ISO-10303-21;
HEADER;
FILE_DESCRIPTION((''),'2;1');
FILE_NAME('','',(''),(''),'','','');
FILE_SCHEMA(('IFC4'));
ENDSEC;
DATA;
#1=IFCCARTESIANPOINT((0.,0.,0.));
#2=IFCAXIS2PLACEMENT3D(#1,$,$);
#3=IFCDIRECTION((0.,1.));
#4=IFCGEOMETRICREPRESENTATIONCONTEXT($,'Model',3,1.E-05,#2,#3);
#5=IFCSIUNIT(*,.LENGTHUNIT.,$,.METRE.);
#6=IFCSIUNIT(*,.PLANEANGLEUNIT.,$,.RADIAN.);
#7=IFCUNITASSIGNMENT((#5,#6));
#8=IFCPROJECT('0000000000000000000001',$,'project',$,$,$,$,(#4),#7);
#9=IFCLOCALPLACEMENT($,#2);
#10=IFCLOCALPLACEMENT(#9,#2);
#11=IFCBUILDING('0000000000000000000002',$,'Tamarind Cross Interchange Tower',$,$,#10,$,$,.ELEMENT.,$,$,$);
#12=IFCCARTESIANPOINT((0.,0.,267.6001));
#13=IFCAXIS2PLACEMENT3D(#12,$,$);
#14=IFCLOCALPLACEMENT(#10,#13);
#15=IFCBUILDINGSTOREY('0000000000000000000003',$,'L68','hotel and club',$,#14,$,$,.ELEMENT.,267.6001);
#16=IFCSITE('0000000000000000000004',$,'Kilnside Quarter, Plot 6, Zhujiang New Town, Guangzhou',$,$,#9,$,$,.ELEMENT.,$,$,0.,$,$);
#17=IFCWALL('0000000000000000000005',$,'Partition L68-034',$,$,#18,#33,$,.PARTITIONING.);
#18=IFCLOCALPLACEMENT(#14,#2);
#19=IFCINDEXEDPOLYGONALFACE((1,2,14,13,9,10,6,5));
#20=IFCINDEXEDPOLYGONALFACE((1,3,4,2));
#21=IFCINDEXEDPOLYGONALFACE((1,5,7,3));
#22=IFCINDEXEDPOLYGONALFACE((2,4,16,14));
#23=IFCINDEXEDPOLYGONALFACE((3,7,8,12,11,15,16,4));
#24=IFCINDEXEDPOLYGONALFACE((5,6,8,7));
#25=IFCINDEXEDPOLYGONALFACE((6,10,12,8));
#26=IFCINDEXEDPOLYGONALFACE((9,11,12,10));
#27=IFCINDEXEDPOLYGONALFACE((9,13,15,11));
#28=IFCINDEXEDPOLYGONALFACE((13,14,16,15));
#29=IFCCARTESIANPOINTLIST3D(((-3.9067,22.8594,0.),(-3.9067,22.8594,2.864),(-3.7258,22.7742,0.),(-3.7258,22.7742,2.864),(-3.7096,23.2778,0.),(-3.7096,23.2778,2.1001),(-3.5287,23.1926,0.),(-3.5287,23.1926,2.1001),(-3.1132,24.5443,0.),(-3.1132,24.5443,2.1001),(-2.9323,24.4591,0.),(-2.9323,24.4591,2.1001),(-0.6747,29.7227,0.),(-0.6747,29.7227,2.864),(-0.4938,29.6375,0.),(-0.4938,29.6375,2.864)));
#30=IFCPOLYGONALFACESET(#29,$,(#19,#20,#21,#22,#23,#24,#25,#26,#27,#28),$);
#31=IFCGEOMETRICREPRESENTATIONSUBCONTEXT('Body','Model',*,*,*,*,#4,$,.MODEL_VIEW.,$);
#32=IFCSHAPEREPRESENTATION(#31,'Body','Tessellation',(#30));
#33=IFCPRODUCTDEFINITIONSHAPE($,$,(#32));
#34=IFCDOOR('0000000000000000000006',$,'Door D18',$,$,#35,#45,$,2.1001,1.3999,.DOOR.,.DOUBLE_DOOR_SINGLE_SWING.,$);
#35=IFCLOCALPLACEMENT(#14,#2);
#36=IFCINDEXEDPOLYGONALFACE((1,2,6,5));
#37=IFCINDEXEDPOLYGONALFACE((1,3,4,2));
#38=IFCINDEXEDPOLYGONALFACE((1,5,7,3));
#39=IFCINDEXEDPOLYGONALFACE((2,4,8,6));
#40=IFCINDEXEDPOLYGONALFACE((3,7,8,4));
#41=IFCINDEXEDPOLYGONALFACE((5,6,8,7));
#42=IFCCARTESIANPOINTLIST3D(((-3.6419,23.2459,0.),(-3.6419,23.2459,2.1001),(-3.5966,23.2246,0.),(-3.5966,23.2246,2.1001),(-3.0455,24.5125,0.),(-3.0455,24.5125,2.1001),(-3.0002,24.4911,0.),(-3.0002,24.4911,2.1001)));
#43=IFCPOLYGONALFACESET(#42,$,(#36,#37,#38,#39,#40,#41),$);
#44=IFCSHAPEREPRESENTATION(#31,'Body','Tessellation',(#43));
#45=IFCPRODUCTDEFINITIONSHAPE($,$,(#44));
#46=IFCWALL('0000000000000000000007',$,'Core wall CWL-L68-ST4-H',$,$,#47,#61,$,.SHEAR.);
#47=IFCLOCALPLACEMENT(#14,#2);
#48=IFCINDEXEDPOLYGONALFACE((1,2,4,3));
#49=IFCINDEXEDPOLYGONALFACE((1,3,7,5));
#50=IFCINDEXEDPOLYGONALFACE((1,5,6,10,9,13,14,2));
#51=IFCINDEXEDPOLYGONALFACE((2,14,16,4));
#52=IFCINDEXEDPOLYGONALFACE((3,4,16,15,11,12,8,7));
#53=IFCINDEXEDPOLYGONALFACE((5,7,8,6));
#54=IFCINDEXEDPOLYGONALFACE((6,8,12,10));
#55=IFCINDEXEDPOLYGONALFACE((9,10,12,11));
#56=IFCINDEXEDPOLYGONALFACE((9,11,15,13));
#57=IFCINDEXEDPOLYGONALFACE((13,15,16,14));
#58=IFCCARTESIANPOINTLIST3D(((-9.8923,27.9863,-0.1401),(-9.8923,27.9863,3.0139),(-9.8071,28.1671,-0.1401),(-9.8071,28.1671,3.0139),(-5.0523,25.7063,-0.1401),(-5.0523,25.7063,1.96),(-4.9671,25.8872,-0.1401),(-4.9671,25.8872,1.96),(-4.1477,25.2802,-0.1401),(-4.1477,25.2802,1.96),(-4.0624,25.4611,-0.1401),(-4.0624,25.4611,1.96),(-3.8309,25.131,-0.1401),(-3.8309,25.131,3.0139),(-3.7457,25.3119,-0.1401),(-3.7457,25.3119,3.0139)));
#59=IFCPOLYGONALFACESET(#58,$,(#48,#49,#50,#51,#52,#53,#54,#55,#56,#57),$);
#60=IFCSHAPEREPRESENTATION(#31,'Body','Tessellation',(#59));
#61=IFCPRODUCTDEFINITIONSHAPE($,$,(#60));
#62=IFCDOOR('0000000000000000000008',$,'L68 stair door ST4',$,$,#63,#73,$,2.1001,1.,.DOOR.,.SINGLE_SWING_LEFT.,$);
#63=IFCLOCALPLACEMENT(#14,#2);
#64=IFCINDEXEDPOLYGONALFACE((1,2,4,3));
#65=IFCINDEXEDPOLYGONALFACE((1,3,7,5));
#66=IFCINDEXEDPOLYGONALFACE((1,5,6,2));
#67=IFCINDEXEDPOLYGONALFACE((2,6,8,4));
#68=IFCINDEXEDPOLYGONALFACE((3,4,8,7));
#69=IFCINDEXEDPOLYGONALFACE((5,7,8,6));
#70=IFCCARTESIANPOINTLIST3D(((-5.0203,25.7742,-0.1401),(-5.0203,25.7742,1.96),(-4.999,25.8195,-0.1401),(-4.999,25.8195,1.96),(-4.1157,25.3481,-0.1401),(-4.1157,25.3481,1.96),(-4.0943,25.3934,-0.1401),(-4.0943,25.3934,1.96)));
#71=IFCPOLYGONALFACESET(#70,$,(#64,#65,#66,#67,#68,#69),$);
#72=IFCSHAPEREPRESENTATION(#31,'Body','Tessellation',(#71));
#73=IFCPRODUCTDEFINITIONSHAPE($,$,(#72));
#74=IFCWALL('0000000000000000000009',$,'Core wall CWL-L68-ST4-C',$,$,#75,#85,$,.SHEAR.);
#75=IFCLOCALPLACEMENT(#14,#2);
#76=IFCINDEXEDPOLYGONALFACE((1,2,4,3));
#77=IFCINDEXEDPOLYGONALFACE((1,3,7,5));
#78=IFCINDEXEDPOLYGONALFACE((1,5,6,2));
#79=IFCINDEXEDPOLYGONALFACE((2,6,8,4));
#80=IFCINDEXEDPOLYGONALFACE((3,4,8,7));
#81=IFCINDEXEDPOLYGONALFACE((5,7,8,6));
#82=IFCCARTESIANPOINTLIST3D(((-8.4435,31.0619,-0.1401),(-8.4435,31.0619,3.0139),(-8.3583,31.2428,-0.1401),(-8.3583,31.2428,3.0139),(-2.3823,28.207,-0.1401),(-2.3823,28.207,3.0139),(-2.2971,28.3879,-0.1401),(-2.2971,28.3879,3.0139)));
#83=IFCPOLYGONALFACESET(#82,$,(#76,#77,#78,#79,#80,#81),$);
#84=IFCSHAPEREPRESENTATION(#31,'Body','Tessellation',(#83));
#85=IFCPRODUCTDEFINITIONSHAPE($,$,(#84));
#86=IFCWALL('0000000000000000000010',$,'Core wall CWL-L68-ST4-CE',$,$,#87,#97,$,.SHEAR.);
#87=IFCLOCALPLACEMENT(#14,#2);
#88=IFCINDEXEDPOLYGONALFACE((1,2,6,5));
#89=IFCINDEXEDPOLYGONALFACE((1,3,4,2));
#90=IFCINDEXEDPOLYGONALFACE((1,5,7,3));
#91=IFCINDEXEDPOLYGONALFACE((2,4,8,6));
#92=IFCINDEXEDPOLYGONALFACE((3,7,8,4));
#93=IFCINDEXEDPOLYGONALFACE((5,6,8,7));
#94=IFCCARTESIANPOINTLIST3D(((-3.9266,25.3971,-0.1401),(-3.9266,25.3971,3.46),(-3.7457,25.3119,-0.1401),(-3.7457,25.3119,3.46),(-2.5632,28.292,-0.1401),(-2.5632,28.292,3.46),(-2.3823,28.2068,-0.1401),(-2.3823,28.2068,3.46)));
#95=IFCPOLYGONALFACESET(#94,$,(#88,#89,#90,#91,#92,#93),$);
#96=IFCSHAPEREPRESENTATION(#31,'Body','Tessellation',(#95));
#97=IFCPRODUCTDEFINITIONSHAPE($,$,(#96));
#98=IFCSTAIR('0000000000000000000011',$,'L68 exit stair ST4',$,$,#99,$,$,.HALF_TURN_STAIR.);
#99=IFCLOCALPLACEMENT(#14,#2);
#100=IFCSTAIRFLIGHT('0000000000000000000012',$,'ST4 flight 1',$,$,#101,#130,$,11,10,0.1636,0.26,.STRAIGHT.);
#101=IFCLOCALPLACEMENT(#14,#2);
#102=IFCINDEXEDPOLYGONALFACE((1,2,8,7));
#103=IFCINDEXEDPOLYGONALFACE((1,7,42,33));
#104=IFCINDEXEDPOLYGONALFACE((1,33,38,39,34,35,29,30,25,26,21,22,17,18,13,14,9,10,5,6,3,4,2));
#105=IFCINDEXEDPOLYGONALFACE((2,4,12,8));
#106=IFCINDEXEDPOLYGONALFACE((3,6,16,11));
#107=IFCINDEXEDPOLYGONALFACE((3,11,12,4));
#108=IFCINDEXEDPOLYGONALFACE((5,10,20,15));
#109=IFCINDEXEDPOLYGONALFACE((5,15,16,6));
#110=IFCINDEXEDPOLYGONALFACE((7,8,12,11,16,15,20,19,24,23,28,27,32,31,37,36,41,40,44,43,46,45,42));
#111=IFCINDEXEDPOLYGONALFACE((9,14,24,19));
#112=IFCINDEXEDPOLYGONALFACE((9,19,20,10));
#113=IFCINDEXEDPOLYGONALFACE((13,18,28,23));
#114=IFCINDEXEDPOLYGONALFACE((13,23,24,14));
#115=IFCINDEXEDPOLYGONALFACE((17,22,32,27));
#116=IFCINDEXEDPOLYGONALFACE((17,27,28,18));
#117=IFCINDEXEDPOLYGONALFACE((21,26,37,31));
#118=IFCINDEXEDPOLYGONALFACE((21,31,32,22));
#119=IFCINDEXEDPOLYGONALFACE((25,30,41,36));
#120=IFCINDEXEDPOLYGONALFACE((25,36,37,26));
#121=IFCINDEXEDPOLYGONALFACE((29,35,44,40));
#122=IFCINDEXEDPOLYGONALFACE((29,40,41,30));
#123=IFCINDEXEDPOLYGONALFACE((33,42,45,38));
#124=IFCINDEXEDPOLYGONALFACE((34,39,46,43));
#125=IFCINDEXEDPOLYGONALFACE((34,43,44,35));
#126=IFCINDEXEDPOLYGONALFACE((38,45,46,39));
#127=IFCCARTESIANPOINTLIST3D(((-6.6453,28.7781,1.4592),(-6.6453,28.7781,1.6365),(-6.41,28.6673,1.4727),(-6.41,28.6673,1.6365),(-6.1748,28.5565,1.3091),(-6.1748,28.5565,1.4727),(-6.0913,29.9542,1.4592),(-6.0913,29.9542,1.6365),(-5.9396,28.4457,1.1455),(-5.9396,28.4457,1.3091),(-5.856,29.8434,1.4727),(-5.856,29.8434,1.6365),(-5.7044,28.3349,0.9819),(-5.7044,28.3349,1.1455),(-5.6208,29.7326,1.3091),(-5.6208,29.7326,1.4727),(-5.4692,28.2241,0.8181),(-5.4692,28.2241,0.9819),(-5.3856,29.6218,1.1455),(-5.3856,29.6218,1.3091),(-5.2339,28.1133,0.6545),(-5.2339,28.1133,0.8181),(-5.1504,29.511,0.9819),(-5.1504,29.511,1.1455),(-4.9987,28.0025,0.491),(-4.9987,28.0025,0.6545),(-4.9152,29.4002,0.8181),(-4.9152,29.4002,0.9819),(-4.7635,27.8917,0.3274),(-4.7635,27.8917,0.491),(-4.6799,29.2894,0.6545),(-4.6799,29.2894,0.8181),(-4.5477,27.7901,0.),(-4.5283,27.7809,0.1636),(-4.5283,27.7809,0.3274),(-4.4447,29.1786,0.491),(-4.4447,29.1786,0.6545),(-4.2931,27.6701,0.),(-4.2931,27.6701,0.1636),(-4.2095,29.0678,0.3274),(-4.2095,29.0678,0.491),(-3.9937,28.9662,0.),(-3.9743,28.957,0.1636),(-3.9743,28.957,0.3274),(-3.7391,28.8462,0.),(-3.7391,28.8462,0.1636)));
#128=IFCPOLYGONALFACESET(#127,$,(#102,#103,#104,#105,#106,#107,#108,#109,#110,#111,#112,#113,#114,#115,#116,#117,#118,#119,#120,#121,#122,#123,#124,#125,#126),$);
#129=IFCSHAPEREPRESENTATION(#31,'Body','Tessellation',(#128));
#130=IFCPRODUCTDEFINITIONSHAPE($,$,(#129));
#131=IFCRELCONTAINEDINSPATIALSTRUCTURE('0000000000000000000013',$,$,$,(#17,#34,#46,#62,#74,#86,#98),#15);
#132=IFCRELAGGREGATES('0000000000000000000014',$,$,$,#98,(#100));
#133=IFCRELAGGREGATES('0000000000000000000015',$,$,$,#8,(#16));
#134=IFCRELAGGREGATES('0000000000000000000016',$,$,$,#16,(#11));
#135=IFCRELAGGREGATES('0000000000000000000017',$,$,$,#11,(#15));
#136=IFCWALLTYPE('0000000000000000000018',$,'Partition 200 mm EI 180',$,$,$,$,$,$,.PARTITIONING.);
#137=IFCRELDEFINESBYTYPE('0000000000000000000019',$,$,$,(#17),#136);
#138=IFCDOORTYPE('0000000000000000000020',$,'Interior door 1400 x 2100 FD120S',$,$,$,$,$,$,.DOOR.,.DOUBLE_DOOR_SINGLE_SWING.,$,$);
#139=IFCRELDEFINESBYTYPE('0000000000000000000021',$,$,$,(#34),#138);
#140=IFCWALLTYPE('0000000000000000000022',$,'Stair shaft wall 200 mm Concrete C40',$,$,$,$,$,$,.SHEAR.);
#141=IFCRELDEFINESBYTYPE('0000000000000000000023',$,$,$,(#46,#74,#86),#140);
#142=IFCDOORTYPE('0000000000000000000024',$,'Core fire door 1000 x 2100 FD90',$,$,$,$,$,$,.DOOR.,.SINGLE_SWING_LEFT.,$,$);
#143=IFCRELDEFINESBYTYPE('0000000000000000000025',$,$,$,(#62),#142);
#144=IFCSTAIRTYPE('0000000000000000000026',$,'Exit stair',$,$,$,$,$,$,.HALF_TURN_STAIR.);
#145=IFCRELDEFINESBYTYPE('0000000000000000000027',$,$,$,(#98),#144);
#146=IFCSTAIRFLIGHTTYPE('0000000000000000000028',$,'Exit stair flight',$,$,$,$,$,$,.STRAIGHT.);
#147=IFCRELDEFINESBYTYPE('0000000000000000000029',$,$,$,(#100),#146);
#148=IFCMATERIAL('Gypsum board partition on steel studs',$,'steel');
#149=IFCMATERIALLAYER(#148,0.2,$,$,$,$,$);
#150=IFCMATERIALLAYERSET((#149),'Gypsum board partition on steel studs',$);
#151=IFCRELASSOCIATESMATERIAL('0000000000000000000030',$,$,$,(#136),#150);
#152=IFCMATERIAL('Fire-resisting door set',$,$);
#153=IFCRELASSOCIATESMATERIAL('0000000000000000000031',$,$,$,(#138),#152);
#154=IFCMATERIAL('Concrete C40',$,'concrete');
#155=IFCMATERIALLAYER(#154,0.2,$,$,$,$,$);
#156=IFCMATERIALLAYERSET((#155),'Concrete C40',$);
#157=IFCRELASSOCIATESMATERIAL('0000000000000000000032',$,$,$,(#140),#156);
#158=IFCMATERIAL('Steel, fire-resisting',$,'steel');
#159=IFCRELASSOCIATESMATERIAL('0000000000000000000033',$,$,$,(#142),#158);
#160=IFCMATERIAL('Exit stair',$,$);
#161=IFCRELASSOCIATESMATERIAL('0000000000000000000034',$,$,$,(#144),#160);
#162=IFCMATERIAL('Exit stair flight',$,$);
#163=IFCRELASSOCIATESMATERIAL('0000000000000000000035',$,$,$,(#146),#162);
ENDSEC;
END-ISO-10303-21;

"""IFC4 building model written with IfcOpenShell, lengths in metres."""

from ifc_helpers import new_model, si_unit, direction, frame, frame_2d, origin, place, context, subcontext, project, spatial, polyline, rectangle, outline, extrude, material, layer, layer_set, type_object, element, fill, aggregate, save


model = new_model("IFC4")

# Units and contexts
model_context = context("Model", 3, precision=1e-05, world=origin(), true_north=direction((0.0, 1.0)))
body_context = subcontext(model_context, "Body", "Model", "MODEL_VIEW")
ifc_project = project(units=[si_unit("LENGTHUNIT", "METRE"), si_unit("PLANEANGLEUNIT", "RADIAN")], contexts=[model_context])

# Site, building, storey
site_placement = place(None, origin())
site = spatial("IfcSite", under=ifc_project, at=site_placement, Name="Kilnside Quarter, Plot 6, Zhujiang New Town, Guangzhou", CompositionType="ELEMENT", RefElevation=0.0)
building_placement = place(site_placement, origin())
building = spatial("IfcBuilding", under=site, at=building_placement, Name="Tamarind Cross Interchange Tower", CompositionType="ELEMENT")
storey_placement = place(building_placement, frame((0.0, 0.0, 267.6001)))
storey = spatial("IfcBuildingStorey", under=building, at=storey_placement, Name="L68", Description="hotel and club", CompositionType="ELEMENT", Elevation=267.6001)

# Shared definitions
ifc_material_1 = material(Name="Gypsum board partition on steel studs", Category="steel")

# Walls, openings, doors
ifc_material_2 = material(Name="Fire-resisting door set")
ifc_layer_1 = layer(ifc_material_1, 0.2)
ifc_layer_set_1 = layer_set([ifc_layer_1], Name="Gypsum board partition on steel studs")
wall_type_1 = type_object("IfcWallType", Name="Partition 200 mm EI 180", PredefinedType="PARTITIONING", material=ifc_layer_set_1)
wall_1_placement = place(storey_placement, frame((-3.8162, 22.8169, 0.0), z_axis=(0.0, 0.0, 1.0), x_axis=(0.42603, 0.904709, 0.0)))
wall_1 = element("IfcWall", 1, at=wall_1_placement, inside=storey, type_object=wall_type_1, Name="Partition L68-034", PredefinedType="PARTITIONING", context=body_context, shape_type="SweptSolid", body=[
    extrude(rectangle(XDim=7.5862, YDim=0.2, at=frame_2d((3.793, 0.0))), origin(), (0.0, 0.0, 1.0), 2.864),
])
opening_1_placement = place(wall_1_placement, frame((0.4624, 0.0, 0.0)))
opening_1 = element("IfcOpeningElement", 2, at=opening_1_placement, cuts=wall_1, PredefinedType="OPENING", context=body_context, shape_type="SweptSolid", body=[
    extrude(rectangle(XDim=1.3999, YDim=2.1001, at=frame_2d((0.7, 1.05))), frame((0.0, 0.1099, 0.0), z_axis=(0.0, -1.0, 0.0), x_axis=(1.0, 0.0, 0.0)), (0.0, 0.0, 1.0), 0.22),
])
door_type_1 = type_object("IfcDoorType", Name="Interior door 1400 x 2100 FD120S", OperationType="DOUBLE_DOOR_SINGLE_SWING", PredefinedType="DOOR", material=ifc_material_2)
door_1_placement = place(opening_1_placement, frame((1.3999, 0.0, 0.0), z_axis=(0.0, 0.0, 1.0), x_axis=(-1.0, 0.0, 0.0)))
door_1 = element("IfcDoor", 3, at=door_1_placement, inside=storey, type_object=door_type_1, Name="Door D18", OperationType="DOUBLE_DOOR_SINGLE_SWING", OverallHeight=2.1001, OverallWidth=1.3999, PredefinedType="DOOR", context=body_context, shape_type="SweptSolid", body=[
    extrude(rectangle(XDim=1.3999, YDim=2.1001, at=frame_2d((0.7, 1.05))), frame((0.0, 0.0249, 0.0), z_axis=(0.0, -1.0, 0.0), x_axis=(1.0, 0.0, 0.0)), (0.0, 0.0, 1.0), 0.05),
])
fill(opening_1, door_1)
ifc_material_3 = material(Name="Concrete C40", Category="concrete")
ifc_layer_2 = layer(ifc_material_3, 0.2)
ifc_layer_set_2 = layer_set([ifc_layer_2], Name="Concrete C40")
wall_type_2 = type_object("IfcWallType", Name="Stair shaft wall 200 mm Concrete C40", PredefinedType="SHEAR", material=ifc_layer_set_2)
wall_2_placement = place(storey_placement, frame((-3.7883, 25.2214, -0.1401), z_axis=(0.0, 0.0, 1.0), x_axis=(-0.904654, 0.426146, 0.0)))
wall_2 = element("IfcWall", 4, at=wall_2_placement, inside=storey, type_object=wall_type_2, Name="Core wall CWL-L68-ST4-H", PredefinedType="SHEAR", context=body_context, shape_type="SweptSolid", body=[
    extrude(rectangle(XDim=6.7002, YDim=0.2, at=frame_2d((3.3501, 0.0))), origin(), (0.0, 0.0, 1.0), 3.1541),
])
opening_2_placement = place(wall_2_placement, frame((0.3501, 0.0, 0.0)))
opening_2 = element("IfcOpeningElement", 5, at=opening_2_placement, cuts=wall_2, PredefinedType="OPENING", context=body_context, shape_type="SweptSolid", body=[
    extrude(rectangle(XDim=1.0, YDim=2.1001, at=frame_2d((0.5, 1.05))), frame((0.0, 0.1099, 0.0), z_axis=(0.0, -1.0, 0.0), x_axis=(1.0, 0.0, 0.0)), (0.0, 0.0, 1.0), 0.22),
])
ifc_material_4 = material(Name="Steel, fire-resisting", Category="steel")
door_type_2 = type_object("IfcDoorType", Name="Core fire door 1000 x 2100 FD90", OperationType="SINGLE_SWING_LEFT", PredefinedType="DOOR", material=ifc_material_4)
door_2_placement = place(opening_2_placement, origin())
door_2 = element("IfcDoor", 6, at=door_2_placement, inside=storey, type_object=door_type_2, Name="L68 stair door ST4", OperationType="SINGLE_SWING_LEFT", OverallHeight=2.1001, OverallWidth=1.0, PredefinedType="DOOR", context=body_context, shape_type="SweptSolid", body=[
    extrude(rectangle(XDim=1.0, YDim=2.1001, at=frame_2d((0.5, 1.05))), frame((0.0, 0.0249, 0.0), z_axis=(0.0, -1.0, 0.0), x_axis=(1.0, 0.0, 0.0)), (0.0, 0.0, 1.0), 0.05),
])
fill(opening_2, door_2)

# Walls
wall_3_placement = place(storey_placement, frame((-2.3396, 28.2974, -0.1401), z_axis=(0.0, 0.0, 1.0), x_axis=(-0.904668, 0.426116, 0.0)))
element("IfcWall", 7, at=wall_3_placement, inside=storey, type_object=wall_type_2, Name="Core wall CWL-L68-ST4-C", PredefinedType="SHEAR", context=body_context, shape_type="SweptSolid", body=[
    extrude(rectangle(XDim=6.7, YDim=0.2, at=frame_2d((3.3501, 0.0))), origin(), (0.0, 0.0, 1.0), 3.1541),
])
wall_4_placement = place(storey_placement, frame((-2.4727, 28.2495, -0.1401), z_axis=(0.0, 0.0, 1.0), x_axis=(-0.426095, -0.904679, 0.0)))
element("IfcWall", 8, at=wall_4_placement, inside=storey, type_object=wall_type_2, Name="Core wall CWL-L68-ST4-CE", PredefinedType="SHEAR", context=body_context, shape_type="SweptSolid", body=[
    extrude(rectangle(XDim=3.2, YDim=0.2, at=frame_2d((1.6001, 0.0))), origin(), (0.0, 0.0, 1.0), 3.6001),
])

# Stair, stair flight
ifc_material_5 = material(Name="Exit stair")
stair_type = type_object("IfcStairType", Name="Exit stair", PredefinedType="HALF_TURN_STAIR", material=ifc_material_5)
stair_placement = place(storey_placement, origin())
stair = element("IfcStair", 9, at=stair_placement, inside=storey, type_object=stair_type, Name="L68 exit stair ST4", PredefinedType="HALF_TURN_STAIR")
ifc_material_6 = material(Name="Exit stair flight")
stair_flight_type = type_object("IfcStairFlightType", Name="Exit stair flight", PredefinedType="STRAIGHT", material=ifc_material_6)
stair_flight_placement = place(storey_placement, frame((-4.0161, 28.2581, 0.0), z_axis=(0.0, 0.0, 1.0), x_axis=(-0.904661, 0.426133, 0.0)))
stair_flight = element("IfcStairFlight", 10, at=stair_flight_placement, type_object=stair_flight_type, Name="ST4 flight 1", NumberOfRisers=11, NumberOfTreads=10, PredefinedType="STRAIGHT", RiserHeight=0.1636, TreadLength=0.26, context=body_context, shape_type="SweptSolid", body=[
    extrude(outline(polyline([(0.0, 0.0), (0.0, 0.1636), (0.26, 0.1636), (0.26, 0.3274), (0.52, 0.3274), (0.52, 0.491), (0.78, 0.491), (0.78, 0.6545), (1.04, 0.6545), (1.04, 0.8181), (1.3, 0.8181), (1.3, 0.9819), (1.5601, 0.9819), (1.5601, 1.1455), (1.8201, 1.1455), (1.8201, 1.3091), (2.0801, 1.3091), (2.0801, 1.4727), (2.3401, 1.4727), (2.3401, 1.6365), (2.6001, 1.6365), (2.6001, 1.8), (2.6001, 1.4592), (0.2815, 0.0), (0.0, 0.0)])), frame((0.0, 0.6499, 0.0), z_axis=(0.0, -1.0, 0.0), x_axis=(1.0, 0.0, 0.0)), (0.0, 0.0, 1.0), 1.3),
])
aggregate(stair, [stair_flight])

save(model, "model.ifc")
